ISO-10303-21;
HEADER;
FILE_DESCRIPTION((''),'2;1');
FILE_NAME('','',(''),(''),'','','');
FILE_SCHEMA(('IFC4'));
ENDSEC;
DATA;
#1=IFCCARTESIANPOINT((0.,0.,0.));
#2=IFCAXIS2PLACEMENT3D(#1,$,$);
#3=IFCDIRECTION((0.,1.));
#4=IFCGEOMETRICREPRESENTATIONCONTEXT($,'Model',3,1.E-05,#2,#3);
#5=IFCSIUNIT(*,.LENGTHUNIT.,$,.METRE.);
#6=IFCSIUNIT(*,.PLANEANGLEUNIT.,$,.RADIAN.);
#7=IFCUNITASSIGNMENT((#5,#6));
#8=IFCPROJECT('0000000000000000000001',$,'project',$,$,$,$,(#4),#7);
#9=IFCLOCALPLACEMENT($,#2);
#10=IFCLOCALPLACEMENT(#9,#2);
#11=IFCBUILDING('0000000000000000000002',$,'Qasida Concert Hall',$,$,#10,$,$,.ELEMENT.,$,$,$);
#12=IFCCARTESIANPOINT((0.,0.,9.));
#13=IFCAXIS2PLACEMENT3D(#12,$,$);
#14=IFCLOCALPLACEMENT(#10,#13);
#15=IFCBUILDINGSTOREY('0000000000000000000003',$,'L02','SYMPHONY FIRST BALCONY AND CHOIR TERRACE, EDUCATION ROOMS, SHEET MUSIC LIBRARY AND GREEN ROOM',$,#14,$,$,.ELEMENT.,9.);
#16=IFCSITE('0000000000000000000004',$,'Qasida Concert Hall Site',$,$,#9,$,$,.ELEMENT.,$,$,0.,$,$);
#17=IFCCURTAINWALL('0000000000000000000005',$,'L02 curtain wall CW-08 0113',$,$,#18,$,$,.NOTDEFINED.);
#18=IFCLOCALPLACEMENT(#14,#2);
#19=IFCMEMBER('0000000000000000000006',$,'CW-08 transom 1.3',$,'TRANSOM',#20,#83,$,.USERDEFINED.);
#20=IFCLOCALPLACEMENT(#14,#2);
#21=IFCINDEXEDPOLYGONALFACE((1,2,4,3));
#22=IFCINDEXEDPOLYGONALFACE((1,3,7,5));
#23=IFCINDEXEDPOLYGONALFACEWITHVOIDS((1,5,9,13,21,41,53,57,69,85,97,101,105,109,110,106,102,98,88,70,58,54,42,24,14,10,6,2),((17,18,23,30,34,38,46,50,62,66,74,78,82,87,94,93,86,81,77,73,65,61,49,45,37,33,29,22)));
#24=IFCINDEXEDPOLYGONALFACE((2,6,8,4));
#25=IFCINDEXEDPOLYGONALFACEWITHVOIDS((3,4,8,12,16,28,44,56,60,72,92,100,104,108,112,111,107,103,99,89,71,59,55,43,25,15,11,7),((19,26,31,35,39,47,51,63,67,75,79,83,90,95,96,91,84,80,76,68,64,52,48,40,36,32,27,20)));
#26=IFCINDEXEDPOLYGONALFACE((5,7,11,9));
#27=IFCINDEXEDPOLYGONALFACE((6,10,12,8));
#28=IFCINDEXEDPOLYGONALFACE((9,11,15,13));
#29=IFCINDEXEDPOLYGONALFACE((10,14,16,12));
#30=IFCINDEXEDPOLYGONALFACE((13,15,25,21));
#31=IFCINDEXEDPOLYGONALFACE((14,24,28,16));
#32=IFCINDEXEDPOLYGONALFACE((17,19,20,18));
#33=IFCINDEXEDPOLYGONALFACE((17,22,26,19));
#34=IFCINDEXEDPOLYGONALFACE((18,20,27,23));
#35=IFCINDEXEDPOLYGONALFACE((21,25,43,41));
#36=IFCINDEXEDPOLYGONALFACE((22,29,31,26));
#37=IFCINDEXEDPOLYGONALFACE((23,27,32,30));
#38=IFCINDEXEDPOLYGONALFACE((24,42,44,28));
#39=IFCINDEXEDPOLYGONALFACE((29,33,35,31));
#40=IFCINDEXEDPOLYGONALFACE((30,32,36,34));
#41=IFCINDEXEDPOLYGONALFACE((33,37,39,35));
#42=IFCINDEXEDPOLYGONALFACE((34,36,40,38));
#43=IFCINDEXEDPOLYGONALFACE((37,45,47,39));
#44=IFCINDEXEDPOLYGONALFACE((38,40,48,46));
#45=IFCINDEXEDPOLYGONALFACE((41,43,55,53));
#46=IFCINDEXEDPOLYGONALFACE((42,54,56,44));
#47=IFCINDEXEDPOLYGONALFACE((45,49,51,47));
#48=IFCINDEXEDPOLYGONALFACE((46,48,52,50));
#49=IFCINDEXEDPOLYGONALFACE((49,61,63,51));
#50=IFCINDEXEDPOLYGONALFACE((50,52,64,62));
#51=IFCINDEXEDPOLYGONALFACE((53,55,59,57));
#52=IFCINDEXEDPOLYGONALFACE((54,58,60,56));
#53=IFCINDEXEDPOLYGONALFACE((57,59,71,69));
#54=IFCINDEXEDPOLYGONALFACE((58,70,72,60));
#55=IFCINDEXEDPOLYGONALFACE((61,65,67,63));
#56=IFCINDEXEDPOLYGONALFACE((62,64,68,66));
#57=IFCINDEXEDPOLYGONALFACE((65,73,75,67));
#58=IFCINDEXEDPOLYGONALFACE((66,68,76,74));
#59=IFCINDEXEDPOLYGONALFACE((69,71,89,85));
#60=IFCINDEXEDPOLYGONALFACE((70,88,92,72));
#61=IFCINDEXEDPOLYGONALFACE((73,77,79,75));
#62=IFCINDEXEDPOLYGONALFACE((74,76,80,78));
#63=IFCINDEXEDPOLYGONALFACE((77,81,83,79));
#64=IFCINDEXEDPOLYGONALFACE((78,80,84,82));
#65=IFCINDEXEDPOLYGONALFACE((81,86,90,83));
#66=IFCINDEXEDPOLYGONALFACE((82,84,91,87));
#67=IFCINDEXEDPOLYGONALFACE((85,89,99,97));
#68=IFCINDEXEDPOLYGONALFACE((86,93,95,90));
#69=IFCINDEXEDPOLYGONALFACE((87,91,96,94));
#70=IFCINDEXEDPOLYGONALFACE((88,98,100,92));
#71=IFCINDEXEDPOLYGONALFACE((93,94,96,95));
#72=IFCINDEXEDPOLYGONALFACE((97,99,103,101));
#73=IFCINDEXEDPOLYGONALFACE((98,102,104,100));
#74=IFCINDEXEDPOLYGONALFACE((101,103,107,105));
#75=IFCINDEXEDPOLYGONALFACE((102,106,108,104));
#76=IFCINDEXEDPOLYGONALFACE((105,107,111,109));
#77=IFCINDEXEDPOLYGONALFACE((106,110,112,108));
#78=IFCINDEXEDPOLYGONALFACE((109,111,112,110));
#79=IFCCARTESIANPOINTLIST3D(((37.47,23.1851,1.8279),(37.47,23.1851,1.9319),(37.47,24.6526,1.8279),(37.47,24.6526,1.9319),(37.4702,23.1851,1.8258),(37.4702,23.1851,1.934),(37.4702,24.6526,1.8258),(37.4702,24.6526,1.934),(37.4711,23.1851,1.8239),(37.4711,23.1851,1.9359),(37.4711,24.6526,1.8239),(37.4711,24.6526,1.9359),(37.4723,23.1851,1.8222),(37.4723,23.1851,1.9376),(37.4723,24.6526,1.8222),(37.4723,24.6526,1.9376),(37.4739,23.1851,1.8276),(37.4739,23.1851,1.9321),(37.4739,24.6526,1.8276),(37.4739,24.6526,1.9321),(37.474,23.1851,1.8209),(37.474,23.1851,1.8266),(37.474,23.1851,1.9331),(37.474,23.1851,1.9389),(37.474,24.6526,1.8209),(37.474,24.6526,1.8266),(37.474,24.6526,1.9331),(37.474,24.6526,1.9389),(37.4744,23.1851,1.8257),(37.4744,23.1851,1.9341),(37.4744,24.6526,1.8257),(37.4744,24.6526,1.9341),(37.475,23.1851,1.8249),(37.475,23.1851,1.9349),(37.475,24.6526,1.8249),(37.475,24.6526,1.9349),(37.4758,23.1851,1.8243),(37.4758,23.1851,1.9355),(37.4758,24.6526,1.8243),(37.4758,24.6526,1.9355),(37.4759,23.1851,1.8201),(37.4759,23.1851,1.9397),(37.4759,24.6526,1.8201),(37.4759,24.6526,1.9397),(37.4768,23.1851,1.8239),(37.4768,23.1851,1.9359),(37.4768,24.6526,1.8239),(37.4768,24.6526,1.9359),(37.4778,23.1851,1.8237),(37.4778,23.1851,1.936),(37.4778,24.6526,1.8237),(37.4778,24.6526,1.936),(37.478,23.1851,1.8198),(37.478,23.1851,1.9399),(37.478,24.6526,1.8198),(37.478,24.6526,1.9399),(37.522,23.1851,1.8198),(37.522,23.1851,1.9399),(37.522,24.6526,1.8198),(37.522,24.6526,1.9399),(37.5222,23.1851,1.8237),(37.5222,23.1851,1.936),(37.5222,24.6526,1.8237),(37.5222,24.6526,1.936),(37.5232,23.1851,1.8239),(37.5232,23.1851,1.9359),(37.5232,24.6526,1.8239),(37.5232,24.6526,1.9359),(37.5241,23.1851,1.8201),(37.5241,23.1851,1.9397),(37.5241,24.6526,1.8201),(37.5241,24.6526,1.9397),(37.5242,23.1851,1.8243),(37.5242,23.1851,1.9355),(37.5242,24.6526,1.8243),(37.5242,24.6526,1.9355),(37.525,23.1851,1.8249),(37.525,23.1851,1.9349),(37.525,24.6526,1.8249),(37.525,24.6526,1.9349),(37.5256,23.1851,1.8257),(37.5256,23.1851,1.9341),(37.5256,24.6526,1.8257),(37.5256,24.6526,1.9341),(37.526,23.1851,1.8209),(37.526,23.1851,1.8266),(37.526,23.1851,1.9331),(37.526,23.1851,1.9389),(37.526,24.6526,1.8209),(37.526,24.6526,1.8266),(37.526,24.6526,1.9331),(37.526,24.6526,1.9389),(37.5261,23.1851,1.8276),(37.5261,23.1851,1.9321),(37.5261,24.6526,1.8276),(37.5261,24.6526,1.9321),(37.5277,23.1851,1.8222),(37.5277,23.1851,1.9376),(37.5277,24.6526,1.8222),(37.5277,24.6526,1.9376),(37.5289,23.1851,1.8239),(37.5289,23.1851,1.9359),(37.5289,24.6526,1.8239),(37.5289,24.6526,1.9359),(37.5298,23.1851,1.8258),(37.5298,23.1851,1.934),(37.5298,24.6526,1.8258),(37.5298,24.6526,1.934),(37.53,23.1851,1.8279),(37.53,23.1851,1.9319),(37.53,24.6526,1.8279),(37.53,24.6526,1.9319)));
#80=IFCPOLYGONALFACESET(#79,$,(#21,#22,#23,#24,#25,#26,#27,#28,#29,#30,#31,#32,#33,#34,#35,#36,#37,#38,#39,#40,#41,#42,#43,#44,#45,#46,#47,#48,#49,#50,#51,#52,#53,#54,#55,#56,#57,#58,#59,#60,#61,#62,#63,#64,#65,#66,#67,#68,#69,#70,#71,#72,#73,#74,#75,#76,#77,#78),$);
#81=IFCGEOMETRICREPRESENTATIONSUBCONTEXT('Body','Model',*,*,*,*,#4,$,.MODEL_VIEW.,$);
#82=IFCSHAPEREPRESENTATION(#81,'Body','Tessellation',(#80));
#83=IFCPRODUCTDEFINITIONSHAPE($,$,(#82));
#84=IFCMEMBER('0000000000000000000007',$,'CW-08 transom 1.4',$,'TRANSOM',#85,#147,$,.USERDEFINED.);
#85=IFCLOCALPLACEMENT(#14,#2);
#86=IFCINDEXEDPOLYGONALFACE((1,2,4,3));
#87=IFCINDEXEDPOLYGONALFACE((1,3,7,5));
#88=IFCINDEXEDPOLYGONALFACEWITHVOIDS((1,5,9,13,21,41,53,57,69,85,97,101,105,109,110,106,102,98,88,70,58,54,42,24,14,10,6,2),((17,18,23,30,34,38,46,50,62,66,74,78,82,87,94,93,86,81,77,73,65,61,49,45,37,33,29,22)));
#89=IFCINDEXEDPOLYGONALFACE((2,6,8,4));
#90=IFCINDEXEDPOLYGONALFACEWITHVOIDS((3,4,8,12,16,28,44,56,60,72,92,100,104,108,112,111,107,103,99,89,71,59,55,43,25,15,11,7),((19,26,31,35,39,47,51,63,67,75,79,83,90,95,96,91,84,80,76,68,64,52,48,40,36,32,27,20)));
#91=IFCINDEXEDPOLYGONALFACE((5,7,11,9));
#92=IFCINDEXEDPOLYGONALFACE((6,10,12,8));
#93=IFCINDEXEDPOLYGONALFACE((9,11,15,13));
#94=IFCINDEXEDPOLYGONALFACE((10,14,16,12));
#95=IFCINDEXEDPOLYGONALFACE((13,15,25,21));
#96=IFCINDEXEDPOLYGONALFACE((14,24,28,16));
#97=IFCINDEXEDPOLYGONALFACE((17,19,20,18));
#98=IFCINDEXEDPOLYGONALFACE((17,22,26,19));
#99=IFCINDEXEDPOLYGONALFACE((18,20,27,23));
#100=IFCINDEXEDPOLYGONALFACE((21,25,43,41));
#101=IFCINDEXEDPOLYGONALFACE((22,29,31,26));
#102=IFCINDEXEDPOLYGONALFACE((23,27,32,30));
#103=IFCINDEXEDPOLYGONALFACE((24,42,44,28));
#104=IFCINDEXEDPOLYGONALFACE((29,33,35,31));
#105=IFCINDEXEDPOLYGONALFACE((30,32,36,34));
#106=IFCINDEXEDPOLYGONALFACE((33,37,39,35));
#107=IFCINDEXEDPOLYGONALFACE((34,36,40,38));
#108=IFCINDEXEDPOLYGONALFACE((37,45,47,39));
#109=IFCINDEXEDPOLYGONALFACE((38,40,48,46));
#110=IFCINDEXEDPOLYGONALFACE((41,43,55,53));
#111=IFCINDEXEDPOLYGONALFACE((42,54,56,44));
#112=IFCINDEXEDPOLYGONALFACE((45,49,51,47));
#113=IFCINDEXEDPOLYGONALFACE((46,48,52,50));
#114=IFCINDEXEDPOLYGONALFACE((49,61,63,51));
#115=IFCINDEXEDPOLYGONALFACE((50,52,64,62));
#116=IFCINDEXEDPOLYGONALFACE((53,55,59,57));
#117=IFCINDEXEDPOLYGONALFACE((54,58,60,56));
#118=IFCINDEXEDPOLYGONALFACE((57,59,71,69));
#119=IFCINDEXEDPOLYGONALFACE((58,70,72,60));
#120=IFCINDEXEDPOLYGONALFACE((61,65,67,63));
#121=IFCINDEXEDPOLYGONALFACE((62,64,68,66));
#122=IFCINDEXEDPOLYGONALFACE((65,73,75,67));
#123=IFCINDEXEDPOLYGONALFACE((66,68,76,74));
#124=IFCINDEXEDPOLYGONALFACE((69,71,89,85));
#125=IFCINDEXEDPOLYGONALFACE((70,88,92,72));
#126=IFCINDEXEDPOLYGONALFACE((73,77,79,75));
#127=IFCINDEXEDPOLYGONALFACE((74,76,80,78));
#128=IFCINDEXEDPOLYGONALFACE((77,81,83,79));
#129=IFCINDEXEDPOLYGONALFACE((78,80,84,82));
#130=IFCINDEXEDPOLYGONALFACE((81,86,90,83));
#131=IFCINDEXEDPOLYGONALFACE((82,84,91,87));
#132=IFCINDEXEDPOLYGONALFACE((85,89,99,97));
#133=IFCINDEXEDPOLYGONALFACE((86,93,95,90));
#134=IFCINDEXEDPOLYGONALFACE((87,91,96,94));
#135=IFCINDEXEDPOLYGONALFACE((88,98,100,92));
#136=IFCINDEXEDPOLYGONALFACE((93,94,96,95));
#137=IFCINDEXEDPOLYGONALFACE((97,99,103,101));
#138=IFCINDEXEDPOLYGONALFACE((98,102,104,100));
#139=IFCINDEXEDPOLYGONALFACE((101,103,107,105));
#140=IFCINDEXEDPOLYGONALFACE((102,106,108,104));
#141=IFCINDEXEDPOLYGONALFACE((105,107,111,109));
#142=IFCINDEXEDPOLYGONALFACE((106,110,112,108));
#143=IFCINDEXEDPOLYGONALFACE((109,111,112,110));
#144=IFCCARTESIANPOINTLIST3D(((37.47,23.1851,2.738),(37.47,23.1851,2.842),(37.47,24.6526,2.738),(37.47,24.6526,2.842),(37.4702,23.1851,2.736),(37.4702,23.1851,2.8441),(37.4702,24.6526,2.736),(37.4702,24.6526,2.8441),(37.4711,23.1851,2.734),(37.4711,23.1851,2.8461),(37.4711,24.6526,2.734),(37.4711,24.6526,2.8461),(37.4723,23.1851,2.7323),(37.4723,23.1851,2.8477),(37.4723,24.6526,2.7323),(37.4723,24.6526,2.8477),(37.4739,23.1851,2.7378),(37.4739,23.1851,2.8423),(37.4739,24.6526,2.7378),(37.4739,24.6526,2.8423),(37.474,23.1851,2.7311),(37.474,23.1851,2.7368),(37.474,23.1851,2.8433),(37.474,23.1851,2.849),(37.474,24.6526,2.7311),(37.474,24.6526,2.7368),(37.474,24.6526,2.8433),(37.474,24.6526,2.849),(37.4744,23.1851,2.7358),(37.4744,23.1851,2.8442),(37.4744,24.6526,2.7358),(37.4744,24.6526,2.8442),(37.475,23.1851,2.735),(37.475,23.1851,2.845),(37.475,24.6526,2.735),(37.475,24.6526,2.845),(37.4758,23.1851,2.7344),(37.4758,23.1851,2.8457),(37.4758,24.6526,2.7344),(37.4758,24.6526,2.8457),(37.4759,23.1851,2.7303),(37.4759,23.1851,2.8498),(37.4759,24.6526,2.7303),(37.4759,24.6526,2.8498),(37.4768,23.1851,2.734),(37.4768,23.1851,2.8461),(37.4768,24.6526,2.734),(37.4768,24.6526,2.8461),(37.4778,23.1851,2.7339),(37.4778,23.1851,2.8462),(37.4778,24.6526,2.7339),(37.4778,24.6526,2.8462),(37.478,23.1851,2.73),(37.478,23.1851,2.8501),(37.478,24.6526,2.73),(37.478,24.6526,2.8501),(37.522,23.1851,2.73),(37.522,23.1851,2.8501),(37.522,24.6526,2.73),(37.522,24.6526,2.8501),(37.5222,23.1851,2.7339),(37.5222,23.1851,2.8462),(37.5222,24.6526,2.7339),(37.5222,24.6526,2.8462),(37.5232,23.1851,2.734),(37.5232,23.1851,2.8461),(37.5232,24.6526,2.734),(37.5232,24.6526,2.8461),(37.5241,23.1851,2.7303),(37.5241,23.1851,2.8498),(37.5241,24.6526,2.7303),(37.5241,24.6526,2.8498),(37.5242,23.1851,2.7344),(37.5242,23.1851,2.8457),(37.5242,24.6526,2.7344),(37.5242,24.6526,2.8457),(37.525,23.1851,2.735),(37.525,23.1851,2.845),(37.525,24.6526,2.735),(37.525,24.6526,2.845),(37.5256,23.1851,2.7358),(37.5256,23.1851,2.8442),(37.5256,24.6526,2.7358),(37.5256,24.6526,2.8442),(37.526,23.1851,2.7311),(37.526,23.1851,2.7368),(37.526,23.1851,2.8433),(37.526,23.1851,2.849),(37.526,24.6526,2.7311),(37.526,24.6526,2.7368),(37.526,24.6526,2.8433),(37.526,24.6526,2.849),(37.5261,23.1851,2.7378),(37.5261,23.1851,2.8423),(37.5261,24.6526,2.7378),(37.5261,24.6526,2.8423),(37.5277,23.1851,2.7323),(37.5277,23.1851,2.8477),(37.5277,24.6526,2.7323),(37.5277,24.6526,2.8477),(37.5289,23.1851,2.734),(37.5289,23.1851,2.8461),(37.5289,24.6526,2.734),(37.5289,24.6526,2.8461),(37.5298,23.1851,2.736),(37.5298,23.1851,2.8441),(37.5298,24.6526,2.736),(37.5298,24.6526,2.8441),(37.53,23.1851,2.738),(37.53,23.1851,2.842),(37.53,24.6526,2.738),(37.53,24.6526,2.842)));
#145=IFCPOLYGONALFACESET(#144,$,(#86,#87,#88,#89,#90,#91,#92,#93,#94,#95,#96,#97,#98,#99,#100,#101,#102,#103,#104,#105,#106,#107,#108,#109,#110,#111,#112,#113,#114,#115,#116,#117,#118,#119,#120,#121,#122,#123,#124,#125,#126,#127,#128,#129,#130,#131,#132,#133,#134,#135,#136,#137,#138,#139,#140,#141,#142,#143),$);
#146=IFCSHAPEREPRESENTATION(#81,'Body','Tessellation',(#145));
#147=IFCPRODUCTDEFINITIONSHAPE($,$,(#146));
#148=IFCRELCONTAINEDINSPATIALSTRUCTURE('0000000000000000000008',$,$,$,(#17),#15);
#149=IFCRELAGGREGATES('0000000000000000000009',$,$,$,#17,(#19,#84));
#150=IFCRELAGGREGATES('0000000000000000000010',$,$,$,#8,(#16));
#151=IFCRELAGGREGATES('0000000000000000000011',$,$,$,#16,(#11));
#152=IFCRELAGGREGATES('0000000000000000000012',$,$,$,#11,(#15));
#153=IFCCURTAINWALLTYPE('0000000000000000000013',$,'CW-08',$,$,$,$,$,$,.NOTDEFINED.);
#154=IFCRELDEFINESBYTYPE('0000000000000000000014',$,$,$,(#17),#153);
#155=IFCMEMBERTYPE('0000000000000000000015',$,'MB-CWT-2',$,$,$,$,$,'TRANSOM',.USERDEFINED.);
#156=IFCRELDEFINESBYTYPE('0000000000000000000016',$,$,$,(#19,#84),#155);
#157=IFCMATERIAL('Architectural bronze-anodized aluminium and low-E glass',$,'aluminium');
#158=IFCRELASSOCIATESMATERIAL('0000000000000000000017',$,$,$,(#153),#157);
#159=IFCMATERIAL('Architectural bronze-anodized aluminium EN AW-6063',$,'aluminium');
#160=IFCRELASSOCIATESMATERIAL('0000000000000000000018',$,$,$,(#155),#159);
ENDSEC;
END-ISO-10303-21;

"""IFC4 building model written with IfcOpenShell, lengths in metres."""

from ifc_helpers import new_model, si_unit, direction, frame, origin, origin_2d, place, context, subcontext, project, spatial, hollow_rectangle, extrude, material, material_profile, profile_set, type_object, element, aggregate, save


model = new_model("IFC4")

# Units and contexts
model_context = context("Model", 3, precision=1e-05, world=origin(), true_north=direction((0.0, 1.0)))
body_context = subcontext(model_context, "Body", "Model", "MODEL_VIEW")
ifc_project = project(units=[si_unit("LENGTHUNIT", "METRE"), si_unit("PLANEANGLEUNIT", "RADIAN")], contexts=[model_context])

# Site, building, storey
site_placement = place(None, origin())
site = spatial("IfcSite", under=ifc_project, at=site_placement, Name="Qasida Concert Hall Site", CompositionType="ELEMENT", RefElevation=0.0)
building_placement = place(site_placement, origin())
building = spatial("IfcBuilding", under=site, at=building_placement, Name="Qasida Concert Hall", CompositionType="ELEMENT")
storey_placement = place(building_placement, frame((0.0, 0.0, 9.0)))
storey = spatial("IfcBuildingStorey", under=building, at=storey_placement, Name="L02", Description="SYMPHONY FIRST BALCONY AND CHOIR TERRACE, EDUCATION ROOMS, SHEET MUSIC LIBRARY AND GREEN ROOM", CompositionType="ELEMENT", Elevation=9.0)

# Curtain wall, members
ifc_material_1 = material(Name="Architectural bronze-anodized aluminium and low-E glass", Category="aluminium")
curtain_wall_type = type_object("IfcCurtainWallType", Name="CW-08", PredefinedType="NOTDEFINED", material=ifc_material_1)
curtain_wall_placement = place(storey_placement, origin())
curtain_wall = element("IfcCurtainWall", 1, at=curtain_wall_placement, inside=storey, type_object=curtain_wall_type, Name="L02 curtain wall CW-08 0113", PredefinedType="NOTDEFINED")
ifc_material_2 = material(Name="Architectural bronze-anodized aluminium EN AW-6063", Category="aluminium")
ifc_material_profile_1 = material_profile(ifc_material_2, hollow_rectangle(XDim=0.0601, YDim=0.1201, WallThickness=0.0039, InnerFilletRadius=0.0039, OuterFilletRadius=0.0081, at=origin_2d()), Name="CWT 120x60x4")
ifc_profile_set_1 = profile_set([ifc_material_profile_1], Name="Architectural bronze-anodized aluminium EN AW-6063")
member_type_1 = type_object("IfcMemberType", Name="MB-CWT-2", ElementType="TRANSOM", PredefinedType="USERDEFINED", material=ifc_profile_set_1)
member_1_placement = place(storey_placement, frame((37.5, 23.1851, 1.8799), z_axis=(0.0, 1.0, 0.0), x_axis=(-1.0, 0.0, 0.0)))
member_1 = element("IfcMember", 2, at=member_1_placement, type_object=member_type_1, Name="CW-08 transom 1.3", ObjectType="TRANSOM", PredefinedType="USERDEFINED", context=body_context, shape_type="SweptSolid", body=[
    extrude(hollow_rectangle(XDim=0.0601, YDim=0.1201, WallThickness=0.0039, InnerFilletRadius=0.0039, OuterFilletRadius=0.0081, at=origin_2d()), origin(), (0.0, 0.0, 1.0), 1.4675),
])
member_2_placement = place(storey_placement, frame((37.5, 23.1851, 2.79), z_axis=(0.0, 1.0, 0.0), x_axis=(-1.0, 0.0, 0.0)))
member_2 = element("IfcMember", 3, at=member_2_placement, type_object=member_type_1, Name="CW-08 transom 1.4", ObjectType="TRANSOM", PredefinedType="USERDEFINED", context=body_context, shape_type="SweptSolid", body=[
    extrude(hollow_rectangle(XDim=0.0601, YDim=0.1201, WallThickness=0.0039, InnerFilletRadius=0.0039, OuterFilletRadius=0.0081, at=origin_2d()), origin(), (0.0, 0.0, 1.0), 1.4675),
])

aggregate(curtain_wall, [member_1, member_2])

save(model, "model.ifc")
